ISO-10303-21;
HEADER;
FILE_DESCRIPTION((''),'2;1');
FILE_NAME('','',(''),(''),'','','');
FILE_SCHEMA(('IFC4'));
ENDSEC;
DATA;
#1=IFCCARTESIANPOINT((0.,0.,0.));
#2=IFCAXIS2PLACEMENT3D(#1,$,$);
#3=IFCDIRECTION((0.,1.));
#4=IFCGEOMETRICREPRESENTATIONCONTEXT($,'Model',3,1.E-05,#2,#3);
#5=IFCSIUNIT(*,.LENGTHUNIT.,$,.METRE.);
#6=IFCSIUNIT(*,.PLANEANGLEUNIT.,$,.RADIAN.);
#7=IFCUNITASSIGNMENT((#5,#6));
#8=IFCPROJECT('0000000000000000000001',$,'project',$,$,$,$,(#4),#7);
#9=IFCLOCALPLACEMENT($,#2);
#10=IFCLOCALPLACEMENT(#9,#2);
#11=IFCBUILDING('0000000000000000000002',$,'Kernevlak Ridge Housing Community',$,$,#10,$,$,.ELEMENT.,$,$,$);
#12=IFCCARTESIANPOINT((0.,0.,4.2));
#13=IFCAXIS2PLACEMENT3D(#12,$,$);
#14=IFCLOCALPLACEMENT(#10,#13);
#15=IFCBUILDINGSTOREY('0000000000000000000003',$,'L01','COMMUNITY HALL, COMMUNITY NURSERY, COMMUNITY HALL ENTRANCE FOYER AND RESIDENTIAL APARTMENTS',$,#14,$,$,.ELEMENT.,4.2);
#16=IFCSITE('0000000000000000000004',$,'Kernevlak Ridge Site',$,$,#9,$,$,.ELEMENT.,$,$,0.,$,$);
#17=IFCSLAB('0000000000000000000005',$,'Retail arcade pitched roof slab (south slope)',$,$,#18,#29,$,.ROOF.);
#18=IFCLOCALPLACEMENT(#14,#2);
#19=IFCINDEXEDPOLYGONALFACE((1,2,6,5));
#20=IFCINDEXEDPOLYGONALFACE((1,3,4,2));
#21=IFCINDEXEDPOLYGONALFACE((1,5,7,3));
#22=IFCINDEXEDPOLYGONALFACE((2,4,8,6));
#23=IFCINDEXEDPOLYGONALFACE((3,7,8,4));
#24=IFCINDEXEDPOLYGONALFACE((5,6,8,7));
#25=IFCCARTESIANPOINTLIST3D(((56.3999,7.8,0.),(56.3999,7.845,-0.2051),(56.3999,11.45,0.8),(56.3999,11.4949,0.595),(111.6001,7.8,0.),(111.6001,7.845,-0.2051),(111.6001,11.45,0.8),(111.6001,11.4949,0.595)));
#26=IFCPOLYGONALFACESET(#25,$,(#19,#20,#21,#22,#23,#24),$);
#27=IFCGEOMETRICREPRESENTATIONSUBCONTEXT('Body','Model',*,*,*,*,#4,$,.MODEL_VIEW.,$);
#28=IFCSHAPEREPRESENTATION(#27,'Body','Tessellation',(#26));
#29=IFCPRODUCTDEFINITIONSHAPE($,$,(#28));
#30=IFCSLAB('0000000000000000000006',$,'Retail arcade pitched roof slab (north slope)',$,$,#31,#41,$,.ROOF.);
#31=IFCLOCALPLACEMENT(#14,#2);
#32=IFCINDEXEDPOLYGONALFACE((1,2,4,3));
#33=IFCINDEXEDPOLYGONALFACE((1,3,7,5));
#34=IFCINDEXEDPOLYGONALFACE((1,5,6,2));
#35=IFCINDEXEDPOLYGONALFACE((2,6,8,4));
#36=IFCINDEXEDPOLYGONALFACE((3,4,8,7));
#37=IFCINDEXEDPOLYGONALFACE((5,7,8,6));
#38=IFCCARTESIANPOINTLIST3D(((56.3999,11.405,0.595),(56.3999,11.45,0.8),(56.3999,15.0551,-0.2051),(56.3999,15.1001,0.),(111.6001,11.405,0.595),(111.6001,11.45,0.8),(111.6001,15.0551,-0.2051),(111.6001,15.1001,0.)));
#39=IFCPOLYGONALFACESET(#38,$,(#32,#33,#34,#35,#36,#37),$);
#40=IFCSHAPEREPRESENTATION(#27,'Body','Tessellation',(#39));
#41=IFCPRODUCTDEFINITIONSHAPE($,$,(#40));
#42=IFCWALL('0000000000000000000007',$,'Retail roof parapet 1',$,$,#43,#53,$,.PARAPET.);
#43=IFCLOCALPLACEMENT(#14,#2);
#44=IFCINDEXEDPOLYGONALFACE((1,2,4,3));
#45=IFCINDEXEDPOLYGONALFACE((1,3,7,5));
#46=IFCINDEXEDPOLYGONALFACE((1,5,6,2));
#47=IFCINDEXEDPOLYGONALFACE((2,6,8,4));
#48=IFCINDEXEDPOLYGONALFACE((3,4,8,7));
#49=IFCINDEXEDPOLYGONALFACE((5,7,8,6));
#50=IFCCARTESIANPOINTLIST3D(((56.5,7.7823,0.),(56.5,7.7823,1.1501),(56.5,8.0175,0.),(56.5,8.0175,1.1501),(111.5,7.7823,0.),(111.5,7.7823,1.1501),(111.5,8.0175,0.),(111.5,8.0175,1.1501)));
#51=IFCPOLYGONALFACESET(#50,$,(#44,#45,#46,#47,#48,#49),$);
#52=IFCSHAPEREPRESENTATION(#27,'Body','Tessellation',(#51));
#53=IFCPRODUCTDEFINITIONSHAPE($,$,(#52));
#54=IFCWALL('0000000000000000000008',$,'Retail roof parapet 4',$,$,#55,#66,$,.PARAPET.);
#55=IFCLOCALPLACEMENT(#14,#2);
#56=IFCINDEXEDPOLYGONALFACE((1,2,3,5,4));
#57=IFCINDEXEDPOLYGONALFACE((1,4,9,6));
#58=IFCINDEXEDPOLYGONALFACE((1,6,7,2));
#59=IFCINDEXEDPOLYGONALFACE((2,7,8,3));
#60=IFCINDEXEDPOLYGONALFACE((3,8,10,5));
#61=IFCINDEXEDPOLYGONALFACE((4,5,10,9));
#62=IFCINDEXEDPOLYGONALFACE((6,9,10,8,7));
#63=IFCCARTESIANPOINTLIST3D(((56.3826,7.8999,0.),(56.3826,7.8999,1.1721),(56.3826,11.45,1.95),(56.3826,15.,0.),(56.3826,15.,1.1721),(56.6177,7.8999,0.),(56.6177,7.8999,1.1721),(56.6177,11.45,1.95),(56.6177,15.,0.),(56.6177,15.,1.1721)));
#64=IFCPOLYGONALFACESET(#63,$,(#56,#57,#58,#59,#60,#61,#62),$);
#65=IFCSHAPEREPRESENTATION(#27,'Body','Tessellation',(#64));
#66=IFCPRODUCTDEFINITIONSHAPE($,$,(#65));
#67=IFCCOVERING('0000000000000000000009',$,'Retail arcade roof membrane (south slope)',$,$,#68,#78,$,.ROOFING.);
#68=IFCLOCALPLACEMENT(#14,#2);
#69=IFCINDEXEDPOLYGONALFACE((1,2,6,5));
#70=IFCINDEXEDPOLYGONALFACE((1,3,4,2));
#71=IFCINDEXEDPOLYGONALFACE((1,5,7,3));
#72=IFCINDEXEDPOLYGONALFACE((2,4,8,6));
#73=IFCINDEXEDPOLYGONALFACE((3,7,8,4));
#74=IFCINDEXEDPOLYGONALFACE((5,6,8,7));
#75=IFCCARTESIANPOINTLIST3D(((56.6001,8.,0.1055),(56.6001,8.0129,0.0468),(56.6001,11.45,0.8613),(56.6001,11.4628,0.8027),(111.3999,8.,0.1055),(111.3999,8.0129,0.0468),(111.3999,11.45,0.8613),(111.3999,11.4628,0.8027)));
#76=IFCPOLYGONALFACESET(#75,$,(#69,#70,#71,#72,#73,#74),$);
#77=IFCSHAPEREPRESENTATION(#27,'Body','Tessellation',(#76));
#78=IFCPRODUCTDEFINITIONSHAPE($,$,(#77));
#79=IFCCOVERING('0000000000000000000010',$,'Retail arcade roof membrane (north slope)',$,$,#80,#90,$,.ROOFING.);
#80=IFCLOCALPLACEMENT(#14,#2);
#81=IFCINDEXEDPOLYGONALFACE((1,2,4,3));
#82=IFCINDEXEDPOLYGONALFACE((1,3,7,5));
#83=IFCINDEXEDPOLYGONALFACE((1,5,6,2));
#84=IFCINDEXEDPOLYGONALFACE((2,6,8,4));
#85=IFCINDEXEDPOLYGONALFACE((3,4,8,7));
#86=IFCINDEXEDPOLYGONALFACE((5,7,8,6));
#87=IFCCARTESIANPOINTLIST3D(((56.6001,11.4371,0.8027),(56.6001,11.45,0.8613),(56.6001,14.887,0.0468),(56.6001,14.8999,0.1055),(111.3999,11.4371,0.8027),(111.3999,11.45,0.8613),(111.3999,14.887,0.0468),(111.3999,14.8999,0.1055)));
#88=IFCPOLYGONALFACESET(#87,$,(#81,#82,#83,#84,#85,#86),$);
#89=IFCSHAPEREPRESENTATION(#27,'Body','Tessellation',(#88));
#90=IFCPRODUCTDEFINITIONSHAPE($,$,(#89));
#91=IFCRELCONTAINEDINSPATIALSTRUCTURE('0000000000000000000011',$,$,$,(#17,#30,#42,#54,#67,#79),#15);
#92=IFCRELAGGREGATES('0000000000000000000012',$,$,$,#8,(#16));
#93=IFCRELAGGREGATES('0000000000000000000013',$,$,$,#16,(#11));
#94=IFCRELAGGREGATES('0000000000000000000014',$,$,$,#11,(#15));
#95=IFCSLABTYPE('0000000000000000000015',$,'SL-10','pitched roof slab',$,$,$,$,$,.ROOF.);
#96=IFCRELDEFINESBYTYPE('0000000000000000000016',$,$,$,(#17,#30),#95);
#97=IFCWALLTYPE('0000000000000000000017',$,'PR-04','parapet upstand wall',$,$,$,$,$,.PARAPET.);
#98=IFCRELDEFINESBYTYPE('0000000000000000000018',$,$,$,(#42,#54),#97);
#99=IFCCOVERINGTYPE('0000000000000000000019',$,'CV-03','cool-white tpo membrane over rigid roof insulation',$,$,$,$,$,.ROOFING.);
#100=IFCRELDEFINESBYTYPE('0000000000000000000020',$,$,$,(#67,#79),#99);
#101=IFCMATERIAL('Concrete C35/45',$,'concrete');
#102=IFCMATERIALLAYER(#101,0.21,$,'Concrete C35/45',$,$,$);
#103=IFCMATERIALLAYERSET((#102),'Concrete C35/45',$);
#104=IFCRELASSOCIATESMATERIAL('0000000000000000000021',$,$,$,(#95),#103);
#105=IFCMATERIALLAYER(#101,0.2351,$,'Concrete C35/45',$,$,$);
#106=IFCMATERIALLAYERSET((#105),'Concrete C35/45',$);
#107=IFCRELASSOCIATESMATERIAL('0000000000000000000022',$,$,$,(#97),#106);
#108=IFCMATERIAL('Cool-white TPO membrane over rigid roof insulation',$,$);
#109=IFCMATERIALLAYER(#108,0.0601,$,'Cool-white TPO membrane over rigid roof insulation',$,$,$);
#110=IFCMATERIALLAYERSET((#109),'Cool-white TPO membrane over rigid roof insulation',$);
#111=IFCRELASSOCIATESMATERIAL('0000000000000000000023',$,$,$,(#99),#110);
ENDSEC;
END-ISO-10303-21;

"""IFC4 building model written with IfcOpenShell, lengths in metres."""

from ifc_helpers import new_model, si_unit, direction, frame, frame_2d, origin, place, context, subcontext, project, spatial, polyline, rectangle, outline, extrude, material, layer, layer_set, type_object, element, save


model = new_model("IFC4")

# Units and contexts
model_context = context("Model", 3, precision=1e-05, world=origin(), true_north=direction((0.0, 1.0)))
body_context = subcontext(model_context, "Body", "Model", "MODEL_VIEW")
ifc_project = project(units=[si_unit("LENGTHUNIT", "METRE"), si_unit("PLANEANGLEUNIT", "RADIAN")], contexts=[model_context])

# Site, building, storey
site_placement = place(None, origin())
site = spatial("IfcSite", under=ifc_project, at=site_placement, Name="Kernevlak Ridge Site", CompositionType="ELEMENT", RefElevation=0.0)
building_placement = place(site_placement, origin())
building = spatial("IfcBuilding", under=site, at=building_placement, Name="Kernevlak Ridge Housing Community", CompositionType="ELEMENT")
storey_placement = place(building_placement, frame((0.0, 0.0, 4.2)))
storey = spatial("IfcBuildingStorey", under=building, at=storey_placement, Name="L01", Description="COMMUNITY HALL, COMMUNITY NURSERY, COMMUNITY HALL ENTRANCE FOYER AND RESIDENTIAL APARTMENTS", CompositionType="ELEMENT", Elevation=4.2)

# Shared definitions
ifc_material_1 = material(Name="Concrete C35/45", Category="concrete")

# Slabs
ifc_layer_1 = layer(ifc_material_1, 0.21, Name="Concrete C35/45")
ifc_layer_set_1 = layer_set([ifc_layer_1], Name="Concrete C35/45")
slab_type = type_object("IfcSlabType", Name="SL-10", Description="pitched roof slab", PredefinedType="ROOF", material=ifc_layer_set_1)
slab_1_placement = place(storey_placement, frame((56.3999, 7.8, 0.0), z_axis=(0.0, -0.214114, 0.976809), x_axis=(1.0, 0.0, 0.0)))
element("IfcSlab", 1, at=slab_1_placement, inside=storey, type_object=slab_type, Name="Retail arcade pitched roof slab (south slope)", PredefinedType="ROOF", context=body_context, shape_type="SweptSolid", body=[
    extrude(outline(polyline([(0.0, 0.0), (55.2002, 0.0), (55.2002, 3.7366), (0.0, 3.7366), (0.0, 0.0)])), origin(), (0.0, 0.0, -1.0), 0.21),
])
slab_2_placement = place(storey_placement, frame((56.3999, 11.45, 0.8), z_axis=(0.0, 0.2141, 0.976812), x_axis=(1.0, 0.0, 0.0)))
element("IfcSlab", 2, at=slab_2_placement, inside=storey, type_object=slab_type, Name="Retail arcade pitched roof slab (north slope)", PredefinedType="ROOF", context=body_context, shape_type="SweptSolid", body=[
    extrude(outline(polyline([(0.0, 0.0), (55.2002, 0.0), (55.2002, 3.7368), (0.0, 3.7368), (0.0, 0.0)])), origin(), (0.0, 0.0, -1.0), 0.21),
])

# Walls
ifc_layer_2 = layer(ifc_material_1, 0.2351, Name="Concrete C35/45")
ifc_layer_set_2 = layer_set([ifc_layer_2], Name="Concrete C35/45")
wall_type = type_object("IfcWallType", Name="PR-04", Description="parapet upstand wall", PredefinedType="PARAPET", material=ifc_layer_set_2)
wall_1_placement = place(storey_placement, frame((56.5, 7.8999, 0.0), z_axis=(0.0, 0.0, 1.0), x_axis=(1.0, 0.0, 0.0)))
element("IfcWall", 3, at=wall_1_placement, inside=storey, type_object=wall_type, Name="Retail roof parapet 1", PredefinedType="PARAPET", context=body_context, shape_type="SweptSolid", body=[
    extrude(rectangle(XDim=55.0, YDim=0.2351, at=frame_2d((27.5, 0.0))), origin(), (0.0, 0.0, 1.0), 1.1501),
])
wall_2_placement = place(storey_placement, frame((56.5, 15.0, 0.0), z_axis=(0.0, 0.0, 1.0), x_axis=(0.0, -1.0, 0.0)))
element("IfcWall", 4, at=wall_2_placement, inside=storey, type_object=wall_type, Name="Retail roof parapet 4", PredefinedType="PARAPET", context=body_context, shape_type="SweptSolid", body=[
    extrude(outline(polyline([(0.0, 0.0), (7.1001, 0.0), (7.1001, 1.1721), (3.55, 1.95), (0.0, 1.1721), (0.0, 0.0)])), frame((0.0, 0.1177, 0.0), z_axis=(0.0, -1.0, 0.0), x_axis=(1.0, 0.0, 0.0)), (0.0, 0.0, 1.0), 0.2351),
])

# Coverings
ifc_material_2 = material(Name="Cool-white TPO membrane over rigid roof insulation")
ifc_layer_3 = layer(ifc_material_2, 0.0601, Name="Cool-white TPO membrane over rigid roof insulation")
ifc_layer_set_3 = layer_set([ifc_layer_3], Name="Cool-white TPO membrane over rigid roof insulation")
covering_type = type_object("IfcCoveringType", Name="CV-03", Description="cool-white tpo membrane over rigid roof insulation", PredefinedType="ROOFING", material=ifc_layer_set_3)
for number, where, z_axis, x_axis, name in (
    (5, (56.6001, 8.0, 0.1055), (0.0, -0.214016, 0.97683), (1.0, 0.0, 0.0), "Retail arcade roof membrane (south slope)"),
    (6, (56.6001, 11.45, 0.8613), (0.0, 0.214016, 0.97683), (1.0, 0.0, 0.0), "Retail arcade roof membrane (north slope)"),
):
    element("IfcCovering", number, at=place(storey_placement, frame(where, z_axis=z_axis, x_axis=x_axis)), inside=storey, type_object=covering_type, Name=name, PredefinedType="ROOFING", context=body_context, shape_type="SweptSolid", body=[
        extrude(outline(polyline([(0.0, 0.0), (54.7998, 0.0), (54.7998, 3.5318), (0.0, 3.5318), (0.0, 0.0)])), origin(), (0.0, 0.0, -1.0), 0.0601),
    ])

save(model, "model.ifc")
